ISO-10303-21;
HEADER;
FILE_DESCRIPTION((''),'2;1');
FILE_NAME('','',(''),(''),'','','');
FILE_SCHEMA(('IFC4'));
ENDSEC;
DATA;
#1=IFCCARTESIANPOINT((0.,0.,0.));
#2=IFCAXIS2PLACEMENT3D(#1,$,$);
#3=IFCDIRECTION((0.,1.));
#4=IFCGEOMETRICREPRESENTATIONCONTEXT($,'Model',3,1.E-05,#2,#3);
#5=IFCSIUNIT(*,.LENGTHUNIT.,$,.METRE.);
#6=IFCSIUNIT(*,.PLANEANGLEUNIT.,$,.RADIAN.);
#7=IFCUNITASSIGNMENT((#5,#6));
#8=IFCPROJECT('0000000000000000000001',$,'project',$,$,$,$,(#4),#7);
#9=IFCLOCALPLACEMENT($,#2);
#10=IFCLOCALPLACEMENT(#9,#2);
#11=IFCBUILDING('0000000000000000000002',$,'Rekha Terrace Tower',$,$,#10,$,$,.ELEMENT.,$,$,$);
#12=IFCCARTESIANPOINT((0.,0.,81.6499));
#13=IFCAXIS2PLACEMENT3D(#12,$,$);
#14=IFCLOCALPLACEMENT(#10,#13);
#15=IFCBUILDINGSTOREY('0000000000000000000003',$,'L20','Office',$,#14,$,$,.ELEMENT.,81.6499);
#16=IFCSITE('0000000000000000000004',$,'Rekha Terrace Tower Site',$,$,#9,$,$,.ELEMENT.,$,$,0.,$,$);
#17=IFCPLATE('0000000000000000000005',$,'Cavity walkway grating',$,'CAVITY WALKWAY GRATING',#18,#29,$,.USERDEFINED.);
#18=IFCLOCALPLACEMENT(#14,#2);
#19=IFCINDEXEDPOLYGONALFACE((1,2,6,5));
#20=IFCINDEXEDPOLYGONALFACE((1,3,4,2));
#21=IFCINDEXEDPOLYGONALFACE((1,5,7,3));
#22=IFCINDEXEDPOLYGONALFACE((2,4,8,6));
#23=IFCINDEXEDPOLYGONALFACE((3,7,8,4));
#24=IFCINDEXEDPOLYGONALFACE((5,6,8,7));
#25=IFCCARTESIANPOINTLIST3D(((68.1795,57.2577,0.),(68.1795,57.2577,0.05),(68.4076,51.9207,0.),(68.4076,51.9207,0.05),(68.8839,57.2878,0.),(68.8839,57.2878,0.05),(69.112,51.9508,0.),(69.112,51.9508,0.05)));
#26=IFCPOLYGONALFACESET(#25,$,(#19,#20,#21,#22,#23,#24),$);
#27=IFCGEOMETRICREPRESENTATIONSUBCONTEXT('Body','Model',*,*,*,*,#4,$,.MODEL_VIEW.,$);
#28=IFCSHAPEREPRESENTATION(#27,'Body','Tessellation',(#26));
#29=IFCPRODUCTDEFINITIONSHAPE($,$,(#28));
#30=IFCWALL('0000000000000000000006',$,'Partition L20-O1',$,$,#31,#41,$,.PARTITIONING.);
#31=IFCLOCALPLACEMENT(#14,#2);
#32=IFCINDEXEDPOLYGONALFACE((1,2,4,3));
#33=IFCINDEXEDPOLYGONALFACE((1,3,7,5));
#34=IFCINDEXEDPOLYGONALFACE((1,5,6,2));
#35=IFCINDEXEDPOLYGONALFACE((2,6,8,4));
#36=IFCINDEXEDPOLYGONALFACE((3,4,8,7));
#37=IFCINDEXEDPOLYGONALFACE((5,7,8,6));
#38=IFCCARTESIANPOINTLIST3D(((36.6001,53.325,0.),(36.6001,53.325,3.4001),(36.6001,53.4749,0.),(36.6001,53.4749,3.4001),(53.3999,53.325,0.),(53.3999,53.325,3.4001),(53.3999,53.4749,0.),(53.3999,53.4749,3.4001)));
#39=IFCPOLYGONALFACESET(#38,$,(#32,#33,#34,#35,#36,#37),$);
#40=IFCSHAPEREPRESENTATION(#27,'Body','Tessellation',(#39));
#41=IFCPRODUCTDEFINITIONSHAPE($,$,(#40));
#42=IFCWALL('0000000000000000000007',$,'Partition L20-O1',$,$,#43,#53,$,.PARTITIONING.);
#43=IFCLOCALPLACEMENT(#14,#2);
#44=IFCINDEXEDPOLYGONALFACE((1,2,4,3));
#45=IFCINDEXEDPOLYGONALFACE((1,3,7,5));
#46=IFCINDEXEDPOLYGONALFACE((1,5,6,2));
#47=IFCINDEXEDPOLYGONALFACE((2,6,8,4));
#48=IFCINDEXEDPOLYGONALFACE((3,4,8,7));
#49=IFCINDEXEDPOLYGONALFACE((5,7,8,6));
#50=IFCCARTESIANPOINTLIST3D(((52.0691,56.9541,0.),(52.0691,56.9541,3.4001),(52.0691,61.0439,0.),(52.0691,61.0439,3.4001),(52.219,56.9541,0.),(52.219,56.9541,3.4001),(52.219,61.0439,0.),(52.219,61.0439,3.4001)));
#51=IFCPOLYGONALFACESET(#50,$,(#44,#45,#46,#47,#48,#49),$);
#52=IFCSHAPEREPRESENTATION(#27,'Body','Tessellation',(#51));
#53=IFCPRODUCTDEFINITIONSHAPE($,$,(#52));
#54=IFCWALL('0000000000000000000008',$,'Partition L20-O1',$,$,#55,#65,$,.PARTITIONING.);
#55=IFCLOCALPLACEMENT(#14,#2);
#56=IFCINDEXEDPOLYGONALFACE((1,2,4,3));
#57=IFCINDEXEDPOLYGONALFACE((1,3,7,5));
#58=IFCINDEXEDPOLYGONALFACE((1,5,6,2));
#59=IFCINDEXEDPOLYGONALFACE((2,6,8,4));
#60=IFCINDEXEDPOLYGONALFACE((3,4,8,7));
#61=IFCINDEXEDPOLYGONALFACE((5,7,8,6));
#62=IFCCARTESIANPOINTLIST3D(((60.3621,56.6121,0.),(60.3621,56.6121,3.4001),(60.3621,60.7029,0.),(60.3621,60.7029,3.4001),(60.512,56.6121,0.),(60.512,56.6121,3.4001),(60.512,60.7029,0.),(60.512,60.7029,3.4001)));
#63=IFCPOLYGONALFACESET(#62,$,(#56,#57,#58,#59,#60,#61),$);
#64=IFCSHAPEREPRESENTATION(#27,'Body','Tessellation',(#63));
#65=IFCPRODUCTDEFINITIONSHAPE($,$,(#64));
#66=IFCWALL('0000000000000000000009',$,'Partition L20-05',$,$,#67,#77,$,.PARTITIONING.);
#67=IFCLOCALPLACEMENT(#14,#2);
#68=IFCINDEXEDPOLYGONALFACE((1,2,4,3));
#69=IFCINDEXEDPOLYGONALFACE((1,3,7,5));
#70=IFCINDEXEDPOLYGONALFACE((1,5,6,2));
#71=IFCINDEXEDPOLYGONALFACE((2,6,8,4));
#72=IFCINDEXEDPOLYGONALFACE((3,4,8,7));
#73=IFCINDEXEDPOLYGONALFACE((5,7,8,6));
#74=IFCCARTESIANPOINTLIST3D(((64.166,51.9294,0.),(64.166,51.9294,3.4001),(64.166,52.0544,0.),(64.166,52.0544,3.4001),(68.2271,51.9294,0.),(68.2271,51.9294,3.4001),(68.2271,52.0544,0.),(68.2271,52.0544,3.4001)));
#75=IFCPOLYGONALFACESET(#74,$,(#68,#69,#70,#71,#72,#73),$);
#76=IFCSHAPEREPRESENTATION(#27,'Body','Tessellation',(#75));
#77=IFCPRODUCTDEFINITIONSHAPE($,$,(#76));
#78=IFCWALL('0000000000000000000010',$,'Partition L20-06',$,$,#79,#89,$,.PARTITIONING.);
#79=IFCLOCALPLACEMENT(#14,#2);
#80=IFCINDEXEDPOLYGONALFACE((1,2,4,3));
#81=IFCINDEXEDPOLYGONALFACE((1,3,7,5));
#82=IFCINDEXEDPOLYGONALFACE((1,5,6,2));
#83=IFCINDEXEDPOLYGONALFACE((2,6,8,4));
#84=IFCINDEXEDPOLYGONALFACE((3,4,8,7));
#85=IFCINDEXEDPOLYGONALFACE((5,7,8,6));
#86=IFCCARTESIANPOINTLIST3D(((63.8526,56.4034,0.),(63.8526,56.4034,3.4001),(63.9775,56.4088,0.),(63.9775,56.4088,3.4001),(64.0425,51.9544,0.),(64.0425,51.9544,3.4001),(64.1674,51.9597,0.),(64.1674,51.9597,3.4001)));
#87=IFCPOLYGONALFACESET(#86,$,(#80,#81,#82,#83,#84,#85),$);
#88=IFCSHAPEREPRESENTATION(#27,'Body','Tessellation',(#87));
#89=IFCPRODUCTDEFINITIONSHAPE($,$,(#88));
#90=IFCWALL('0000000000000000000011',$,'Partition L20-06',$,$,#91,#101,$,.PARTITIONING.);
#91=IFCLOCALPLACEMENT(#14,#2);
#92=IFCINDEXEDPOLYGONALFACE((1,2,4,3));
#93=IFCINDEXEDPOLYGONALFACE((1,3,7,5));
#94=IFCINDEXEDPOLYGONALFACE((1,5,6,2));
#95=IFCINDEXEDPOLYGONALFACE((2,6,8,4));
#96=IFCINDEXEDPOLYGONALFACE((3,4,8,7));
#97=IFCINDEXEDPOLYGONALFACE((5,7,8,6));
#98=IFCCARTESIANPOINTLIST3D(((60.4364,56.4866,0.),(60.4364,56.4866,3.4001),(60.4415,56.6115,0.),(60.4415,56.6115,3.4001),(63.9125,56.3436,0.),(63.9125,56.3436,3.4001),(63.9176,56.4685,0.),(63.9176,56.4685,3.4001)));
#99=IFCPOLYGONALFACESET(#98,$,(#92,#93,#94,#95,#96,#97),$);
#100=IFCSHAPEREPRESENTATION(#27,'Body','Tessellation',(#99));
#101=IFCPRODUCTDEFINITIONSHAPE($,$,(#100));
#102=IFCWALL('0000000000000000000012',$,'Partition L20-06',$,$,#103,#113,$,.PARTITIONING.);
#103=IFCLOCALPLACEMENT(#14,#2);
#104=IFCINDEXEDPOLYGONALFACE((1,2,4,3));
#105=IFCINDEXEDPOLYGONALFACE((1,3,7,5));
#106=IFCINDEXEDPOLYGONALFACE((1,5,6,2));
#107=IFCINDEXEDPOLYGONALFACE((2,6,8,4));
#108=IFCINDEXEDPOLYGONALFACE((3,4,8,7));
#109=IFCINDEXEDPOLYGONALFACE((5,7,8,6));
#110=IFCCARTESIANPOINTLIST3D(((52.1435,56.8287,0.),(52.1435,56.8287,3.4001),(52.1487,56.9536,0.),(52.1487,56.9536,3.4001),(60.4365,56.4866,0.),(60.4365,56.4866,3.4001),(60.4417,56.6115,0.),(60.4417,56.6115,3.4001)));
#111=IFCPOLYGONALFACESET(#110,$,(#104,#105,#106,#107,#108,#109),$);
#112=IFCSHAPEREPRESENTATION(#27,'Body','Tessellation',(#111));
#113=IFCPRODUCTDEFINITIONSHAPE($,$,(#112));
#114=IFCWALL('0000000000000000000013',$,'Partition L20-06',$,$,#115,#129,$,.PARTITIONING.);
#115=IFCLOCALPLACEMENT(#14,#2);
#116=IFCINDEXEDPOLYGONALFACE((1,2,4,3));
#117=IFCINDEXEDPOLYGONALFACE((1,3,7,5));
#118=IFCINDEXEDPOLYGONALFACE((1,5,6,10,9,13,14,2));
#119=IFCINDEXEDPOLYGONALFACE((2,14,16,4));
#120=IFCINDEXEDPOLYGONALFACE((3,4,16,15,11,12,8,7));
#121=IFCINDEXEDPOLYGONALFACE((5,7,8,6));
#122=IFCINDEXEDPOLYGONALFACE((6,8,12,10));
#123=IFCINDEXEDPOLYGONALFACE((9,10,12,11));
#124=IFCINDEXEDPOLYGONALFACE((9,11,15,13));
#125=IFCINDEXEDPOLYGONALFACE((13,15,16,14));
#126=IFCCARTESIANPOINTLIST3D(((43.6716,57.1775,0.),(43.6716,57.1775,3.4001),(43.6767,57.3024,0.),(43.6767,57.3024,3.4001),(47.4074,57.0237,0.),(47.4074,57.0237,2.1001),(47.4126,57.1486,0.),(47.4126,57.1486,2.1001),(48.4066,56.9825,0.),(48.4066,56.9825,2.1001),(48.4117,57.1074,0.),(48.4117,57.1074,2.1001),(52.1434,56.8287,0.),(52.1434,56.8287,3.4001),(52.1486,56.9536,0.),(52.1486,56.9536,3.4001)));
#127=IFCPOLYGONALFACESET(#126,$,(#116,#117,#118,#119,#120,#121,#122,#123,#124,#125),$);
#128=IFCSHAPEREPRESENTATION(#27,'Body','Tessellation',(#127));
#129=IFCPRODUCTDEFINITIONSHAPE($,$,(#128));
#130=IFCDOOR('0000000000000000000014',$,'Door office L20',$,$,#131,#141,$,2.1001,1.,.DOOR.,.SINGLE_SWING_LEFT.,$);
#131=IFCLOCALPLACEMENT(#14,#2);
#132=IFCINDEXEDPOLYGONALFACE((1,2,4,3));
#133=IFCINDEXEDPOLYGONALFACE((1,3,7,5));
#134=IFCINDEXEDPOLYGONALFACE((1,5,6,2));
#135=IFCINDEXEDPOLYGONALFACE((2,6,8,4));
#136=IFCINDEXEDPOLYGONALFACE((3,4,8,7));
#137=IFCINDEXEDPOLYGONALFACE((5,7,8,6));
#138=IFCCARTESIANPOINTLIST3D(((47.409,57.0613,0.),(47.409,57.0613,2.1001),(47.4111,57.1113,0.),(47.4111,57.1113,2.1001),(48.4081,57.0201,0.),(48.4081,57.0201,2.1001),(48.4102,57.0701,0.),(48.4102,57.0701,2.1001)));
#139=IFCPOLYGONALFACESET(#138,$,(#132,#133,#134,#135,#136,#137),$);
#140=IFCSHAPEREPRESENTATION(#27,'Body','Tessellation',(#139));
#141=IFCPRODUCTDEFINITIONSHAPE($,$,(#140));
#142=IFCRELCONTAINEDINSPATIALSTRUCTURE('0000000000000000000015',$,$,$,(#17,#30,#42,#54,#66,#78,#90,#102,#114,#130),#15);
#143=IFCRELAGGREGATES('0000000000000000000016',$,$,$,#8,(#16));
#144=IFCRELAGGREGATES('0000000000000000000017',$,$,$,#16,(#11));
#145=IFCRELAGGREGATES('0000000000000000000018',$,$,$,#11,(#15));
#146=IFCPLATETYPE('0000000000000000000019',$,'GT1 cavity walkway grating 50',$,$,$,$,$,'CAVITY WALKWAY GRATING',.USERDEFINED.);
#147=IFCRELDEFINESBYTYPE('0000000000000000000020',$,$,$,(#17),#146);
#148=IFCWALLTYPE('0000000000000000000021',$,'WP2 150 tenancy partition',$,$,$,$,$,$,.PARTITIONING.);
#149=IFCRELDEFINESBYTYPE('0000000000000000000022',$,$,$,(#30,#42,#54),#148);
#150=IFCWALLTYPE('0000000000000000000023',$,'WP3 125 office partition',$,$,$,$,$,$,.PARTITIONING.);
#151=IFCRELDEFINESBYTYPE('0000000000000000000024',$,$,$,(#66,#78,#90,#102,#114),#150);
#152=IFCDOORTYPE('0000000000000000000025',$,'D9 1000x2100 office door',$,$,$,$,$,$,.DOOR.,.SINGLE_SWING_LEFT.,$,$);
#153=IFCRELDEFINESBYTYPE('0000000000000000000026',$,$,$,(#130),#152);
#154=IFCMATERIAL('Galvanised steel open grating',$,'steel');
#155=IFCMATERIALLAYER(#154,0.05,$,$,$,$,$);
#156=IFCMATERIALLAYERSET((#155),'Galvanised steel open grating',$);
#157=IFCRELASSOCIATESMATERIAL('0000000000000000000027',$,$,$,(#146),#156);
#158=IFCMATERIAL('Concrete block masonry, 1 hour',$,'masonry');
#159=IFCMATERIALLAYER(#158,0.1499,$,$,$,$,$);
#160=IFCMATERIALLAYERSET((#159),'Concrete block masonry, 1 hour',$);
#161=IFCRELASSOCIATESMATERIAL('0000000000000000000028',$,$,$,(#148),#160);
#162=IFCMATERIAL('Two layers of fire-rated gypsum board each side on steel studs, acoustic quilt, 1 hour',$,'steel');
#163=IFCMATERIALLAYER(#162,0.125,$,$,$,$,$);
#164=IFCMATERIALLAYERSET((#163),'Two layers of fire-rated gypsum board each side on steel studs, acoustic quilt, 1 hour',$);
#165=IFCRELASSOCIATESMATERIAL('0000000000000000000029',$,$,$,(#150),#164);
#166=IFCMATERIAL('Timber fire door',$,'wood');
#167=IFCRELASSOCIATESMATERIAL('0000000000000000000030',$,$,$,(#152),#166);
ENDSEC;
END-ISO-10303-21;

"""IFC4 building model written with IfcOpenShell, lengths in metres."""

from ifc_helpers import new_model, si_unit, direction, frame, frame_2d, origin, origin_2d, place, context, subcontext, project, spatial, rectangle, extrude, material, layer, layer_set, type_object, element, fill, save


model = new_model("IFC4")

# Units and contexts
model_context = context("Model", 3, precision=1e-05, world=origin(), true_north=direction((0.0, 1.0)))
body_context = subcontext(model_context, "Body", "Model", "MODEL_VIEW")
ifc_project = project(units=[si_unit("LENGTHUNIT", "METRE"), si_unit("PLANEANGLEUNIT", "RADIAN")], contexts=[model_context])

# Site, building, storey
site_placement = place(None, origin())
site = spatial("IfcSite", under=ifc_project, at=site_placement, Name="Rekha Terrace Tower Site", CompositionType="ELEMENT", RefElevation=0.0)
building_placement = place(site_placement, origin())
building = spatial("IfcBuilding", under=site, at=building_placement, Name="Rekha Terrace Tower", CompositionType="ELEMENT")
storey_placement = place(building_placement, frame((0.0, 0.0, 81.6499)))
storey = spatial("IfcBuildingStorey", under=building, at=storey_placement, Name="L20", Description="Office", CompositionType="ELEMENT", Elevation=81.6499)

# Plate
ifc_material_1 = material(Name="Galvanised steel open grating", Category="steel")
ifc_layer_1 = layer(ifc_material_1, 0.05)
ifc_layer_set_1 = layer_set([ifc_layer_1], Name="Galvanised steel open grating")
plate_type_1 = type_object("IfcPlateType", Name="GT1 cavity walkway grating 50", ElementType="CAVITY WALKWAY GRATING", PredefinedType="USERDEFINED", material=ifc_layer_set_1)
plate_1_placement = place(storey_placement, frame((68.6458, 54.6042, 0.0), z_axis=(0.0, 0.0, 1.0), x_axis=(-0.042696, 0.999088, 0.0)))
element("IfcPlate", 1, at=plate_1_placement, inside=storey, type_object=plate_type_1, Name="Cavity walkway grating", ObjectType="CAVITY WALKWAY GRATING", PredefinedType="USERDEFINED", context=body_context, shape_type="SweptSolid", body=[
    extrude(rectangle(XDim=5.3418, YDim=0.7051, at=origin_2d()), origin(), (0.0, 0.0, 1.0), 0.05),
])

# Walls
ifc_material_2 = material(Name="Concrete block masonry, 1 hour", Category="masonry")
ifc_layer_2 = layer(ifc_material_2, 0.1499)
ifc_layer_set_2 = layer_set([ifc_layer_2], Name="Concrete block masonry, 1 hour")
wall_type_1 = type_object("IfcWallType", Name="WP2 150 tenancy partition", PredefinedType="PARTITIONING", material=ifc_layer_set_2)
wall_1_placement = place(storey_placement, frame((53.3999, 53.3999, 0.0), z_axis=(0.0, 0.0, 1.0), x_axis=(-1.0, 0.0, 0.0)))
element("IfcWall", 2, at=wall_1_placement, inside=storey, type_object=wall_type_1, Name="Partition L20-O1", PredefinedType="PARTITIONING", context=body_context, shape_type="SweptSolid", body=[
    extrude(rectangle(XDim=16.7998, YDim=0.1499, at=frame_2d((8.3999, 0.0))), origin(), (0.0, 0.0, 1.0), 3.4001),
])
wall_2_placement = place(storey_placement, frame((52.144, 56.9541, 0.0), z_axis=(0.0, 0.0, 1.0), x_axis=(0.0, 1.0, 0.0)))
element("IfcWall", 3, at=wall_2_placement, inside=storey, type_object=wall_type_1, Name="Partition L20-O1", PredefinedType="PARTITIONING", context=body_context, shape_type="SweptSolid", body=[
    extrude(rectangle(XDim=4.0898, YDim=0.1499, at=frame_2d((2.0449, 0.0))), origin(), (0.0, 0.0, 1.0), 3.4001),
])
wall_3_placement = place(storey_placement, frame((60.437, 56.6121, 0.0), z_axis=(0.0, 0.0, 1.0), x_axis=(0.0, 1.0, 0.0)))
element("IfcWall", 4, at=wall_3_placement, inside=storey, type_object=wall_type_1, Name="Partition L20-O1", PredefinedType="PARTITIONING", context=body_context, shape_type="SweptSolid", body=[
    extrude(rectangle(XDim=4.0908, YDim=0.1499, at=frame_2d((2.0454, 0.0))), origin(), (0.0, 0.0, 1.0), 3.4001),
])
ifc_material_3 = material(Name="Two layers of fire-rated gypsum board each side on steel studs, acoustic quilt, 1 hour", Category="steel")
ifc_layer_3 = layer(ifc_material_3, 0.125)
ifc_layer_set_3 = layer_set([ifc_layer_3], Name="Two layers of fire-rated gypsum board each side on steel studs, acoustic quilt, 1 hour")
wall_type_2 = type_object("IfcWallType", Name="WP3 125 office partition", PredefinedType="PARTITIONING", material=ifc_layer_set_3)
wall_4_placement = place(storey_placement, frame((64.166, 51.9919, 0.0), z_axis=(0.0, 0.0, 1.0), x_axis=(1.0, 0.0, 0.0)))
element("IfcWall", 5, at=wall_4_placement, inside=storey, type_object=wall_type_2, Name="Partition L20-05", PredefinedType="PARTITIONING", context=body_context, shape_type="SweptSolid", body=[
    extrude(rectangle(XDim=4.061, YDim=0.125, at=frame_2d((2.0305, 0.0))), origin(), (0.0, 0.0, 1.0), 3.4001),
])
wall_5_placement = place(storey_placement, frame((64.105, 51.957, 0.0), z_axis=(0.0, 0.0, 1.0), x_axis=(-0.042654, 0.99909, 0.0)))
element("IfcWall", 6, at=wall_5_placement, inside=storey, type_object=wall_type_2, Name="Partition L20-06", PredefinedType="PARTITIONING", context=body_context, shape_type="SweptSolid", body=[
    extrude(rectangle(XDim=4.4531, YDim=0.125, at=frame_2d((2.2266, 0.0))), origin(), (0.0, 0.0, 1.0), 3.4001),
])
wall_6_placement = place(storey_placement, frame((63.915, 56.406, 0.0), z_axis=(0.0, 0.0, 1.0), x_axis=(-0.999154, 0.041123, 0.0)))
element("IfcWall", 7, at=wall_6_placement, inside=storey, type_object=wall_type_2, Name="Partition L20-06", PredefinedType="PARTITIONING", context=body_context, shape_type="SweptSolid", body=[
    extrude(rectangle(XDim=3.479, YDim=0.125, at=frame_2d((1.7395, 0.0))), origin(), (0.0, 0.0, 1.0), 3.4001),
])
wall_7_placement = place(storey_placement, frame((60.439, 56.5491, 0.0), z_axis=(0.0, 0.0, 1.0), x_axis=(-0.999151, 0.04121, 0.0)))
element("IfcWall", 8, at=wall_7_placement, inside=storey, type_object=wall_type_2, Name="Partition L20-06", PredefinedType="PARTITIONING", context=body_context, shape_type="SweptSolid", body=[
    extrude(rectangle(XDim=8.3, YDim=0.125, at=frame_2d((4.1499, 0.0))), origin(), (0.0, 0.0, 1.0), 3.4001),
])

# Wall, opening, door
wall_8_placement = place(storey_placement, frame((52.146, 56.8911, 0.0), z_axis=(0.0, 0.0, 1.0), x_axis=(-0.999153, 0.041145, 0.0)))
wall_8 = element("IfcWall", 9, at=wall_8_placement, inside=storey, type_object=wall_type_2, Name="Partition L20-06", PredefinedType="PARTITIONING", context=body_context, shape_type="SweptSolid", body=[
    extrude(rectangle(XDim=8.479, YDim=0.125, at=frame_2d((4.2395, 0.0))), origin(), (0.0, 0.0, 1.0), 3.4001),
])
opening_placement = place(wall_8_placement, frame((3.74, 0.0, 0.0)))
opening = element("IfcOpeningElement", 10, at=opening_placement, cuts=wall_8, PredefinedType="OPENING", context=body_context, shape_type="SweptSolid", body=[
    extrude(rectangle(XDim=1.0, YDim=2.1001, at=frame_2d((0.5, 1.05))), frame((0.0, 0.0725, 0.0), z_axis=(0.0, -1.0, 0.0), x_axis=(1.0, 0.0, 0.0)), (0.0, 0.0, 1.0), 0.145),
])
ifc_material_4 = material(Name="Timber fire door", Category="wood")
door_type = type_object("IfcDoorType", Name="D9 1000x2100 office door", OperationType="SINGLE_SWING_LEFT", PredefinedType="DOOR", material=ifc_material_4)
door_placement = place(opening_placement, origin())
door = element("IfcDoor", 11, at=door_placement, inside=storey, type_object=door_type, Name="Door office L20", OperationType="SINGLE_SWING_LEFT", OverallHeight=2.1001, OverallWidth=1.0, PredefinedType="DOOR", context=body_context, shape_type="SweptSolid", body=[
    extrude(rectangle(XDim=1.0, YDim=2.1001, at=frame_2d((0.5, 1.05))), frame((0.0, 0.0249, 0.0), z_axis=(0.0, -1.0, 0.0), x_axis=(1.0, 0.0, 0.0)), (0.0, 0.0, 1.0), 0.05),
])
fill(opening, door)

save(model, "model.ifc")
